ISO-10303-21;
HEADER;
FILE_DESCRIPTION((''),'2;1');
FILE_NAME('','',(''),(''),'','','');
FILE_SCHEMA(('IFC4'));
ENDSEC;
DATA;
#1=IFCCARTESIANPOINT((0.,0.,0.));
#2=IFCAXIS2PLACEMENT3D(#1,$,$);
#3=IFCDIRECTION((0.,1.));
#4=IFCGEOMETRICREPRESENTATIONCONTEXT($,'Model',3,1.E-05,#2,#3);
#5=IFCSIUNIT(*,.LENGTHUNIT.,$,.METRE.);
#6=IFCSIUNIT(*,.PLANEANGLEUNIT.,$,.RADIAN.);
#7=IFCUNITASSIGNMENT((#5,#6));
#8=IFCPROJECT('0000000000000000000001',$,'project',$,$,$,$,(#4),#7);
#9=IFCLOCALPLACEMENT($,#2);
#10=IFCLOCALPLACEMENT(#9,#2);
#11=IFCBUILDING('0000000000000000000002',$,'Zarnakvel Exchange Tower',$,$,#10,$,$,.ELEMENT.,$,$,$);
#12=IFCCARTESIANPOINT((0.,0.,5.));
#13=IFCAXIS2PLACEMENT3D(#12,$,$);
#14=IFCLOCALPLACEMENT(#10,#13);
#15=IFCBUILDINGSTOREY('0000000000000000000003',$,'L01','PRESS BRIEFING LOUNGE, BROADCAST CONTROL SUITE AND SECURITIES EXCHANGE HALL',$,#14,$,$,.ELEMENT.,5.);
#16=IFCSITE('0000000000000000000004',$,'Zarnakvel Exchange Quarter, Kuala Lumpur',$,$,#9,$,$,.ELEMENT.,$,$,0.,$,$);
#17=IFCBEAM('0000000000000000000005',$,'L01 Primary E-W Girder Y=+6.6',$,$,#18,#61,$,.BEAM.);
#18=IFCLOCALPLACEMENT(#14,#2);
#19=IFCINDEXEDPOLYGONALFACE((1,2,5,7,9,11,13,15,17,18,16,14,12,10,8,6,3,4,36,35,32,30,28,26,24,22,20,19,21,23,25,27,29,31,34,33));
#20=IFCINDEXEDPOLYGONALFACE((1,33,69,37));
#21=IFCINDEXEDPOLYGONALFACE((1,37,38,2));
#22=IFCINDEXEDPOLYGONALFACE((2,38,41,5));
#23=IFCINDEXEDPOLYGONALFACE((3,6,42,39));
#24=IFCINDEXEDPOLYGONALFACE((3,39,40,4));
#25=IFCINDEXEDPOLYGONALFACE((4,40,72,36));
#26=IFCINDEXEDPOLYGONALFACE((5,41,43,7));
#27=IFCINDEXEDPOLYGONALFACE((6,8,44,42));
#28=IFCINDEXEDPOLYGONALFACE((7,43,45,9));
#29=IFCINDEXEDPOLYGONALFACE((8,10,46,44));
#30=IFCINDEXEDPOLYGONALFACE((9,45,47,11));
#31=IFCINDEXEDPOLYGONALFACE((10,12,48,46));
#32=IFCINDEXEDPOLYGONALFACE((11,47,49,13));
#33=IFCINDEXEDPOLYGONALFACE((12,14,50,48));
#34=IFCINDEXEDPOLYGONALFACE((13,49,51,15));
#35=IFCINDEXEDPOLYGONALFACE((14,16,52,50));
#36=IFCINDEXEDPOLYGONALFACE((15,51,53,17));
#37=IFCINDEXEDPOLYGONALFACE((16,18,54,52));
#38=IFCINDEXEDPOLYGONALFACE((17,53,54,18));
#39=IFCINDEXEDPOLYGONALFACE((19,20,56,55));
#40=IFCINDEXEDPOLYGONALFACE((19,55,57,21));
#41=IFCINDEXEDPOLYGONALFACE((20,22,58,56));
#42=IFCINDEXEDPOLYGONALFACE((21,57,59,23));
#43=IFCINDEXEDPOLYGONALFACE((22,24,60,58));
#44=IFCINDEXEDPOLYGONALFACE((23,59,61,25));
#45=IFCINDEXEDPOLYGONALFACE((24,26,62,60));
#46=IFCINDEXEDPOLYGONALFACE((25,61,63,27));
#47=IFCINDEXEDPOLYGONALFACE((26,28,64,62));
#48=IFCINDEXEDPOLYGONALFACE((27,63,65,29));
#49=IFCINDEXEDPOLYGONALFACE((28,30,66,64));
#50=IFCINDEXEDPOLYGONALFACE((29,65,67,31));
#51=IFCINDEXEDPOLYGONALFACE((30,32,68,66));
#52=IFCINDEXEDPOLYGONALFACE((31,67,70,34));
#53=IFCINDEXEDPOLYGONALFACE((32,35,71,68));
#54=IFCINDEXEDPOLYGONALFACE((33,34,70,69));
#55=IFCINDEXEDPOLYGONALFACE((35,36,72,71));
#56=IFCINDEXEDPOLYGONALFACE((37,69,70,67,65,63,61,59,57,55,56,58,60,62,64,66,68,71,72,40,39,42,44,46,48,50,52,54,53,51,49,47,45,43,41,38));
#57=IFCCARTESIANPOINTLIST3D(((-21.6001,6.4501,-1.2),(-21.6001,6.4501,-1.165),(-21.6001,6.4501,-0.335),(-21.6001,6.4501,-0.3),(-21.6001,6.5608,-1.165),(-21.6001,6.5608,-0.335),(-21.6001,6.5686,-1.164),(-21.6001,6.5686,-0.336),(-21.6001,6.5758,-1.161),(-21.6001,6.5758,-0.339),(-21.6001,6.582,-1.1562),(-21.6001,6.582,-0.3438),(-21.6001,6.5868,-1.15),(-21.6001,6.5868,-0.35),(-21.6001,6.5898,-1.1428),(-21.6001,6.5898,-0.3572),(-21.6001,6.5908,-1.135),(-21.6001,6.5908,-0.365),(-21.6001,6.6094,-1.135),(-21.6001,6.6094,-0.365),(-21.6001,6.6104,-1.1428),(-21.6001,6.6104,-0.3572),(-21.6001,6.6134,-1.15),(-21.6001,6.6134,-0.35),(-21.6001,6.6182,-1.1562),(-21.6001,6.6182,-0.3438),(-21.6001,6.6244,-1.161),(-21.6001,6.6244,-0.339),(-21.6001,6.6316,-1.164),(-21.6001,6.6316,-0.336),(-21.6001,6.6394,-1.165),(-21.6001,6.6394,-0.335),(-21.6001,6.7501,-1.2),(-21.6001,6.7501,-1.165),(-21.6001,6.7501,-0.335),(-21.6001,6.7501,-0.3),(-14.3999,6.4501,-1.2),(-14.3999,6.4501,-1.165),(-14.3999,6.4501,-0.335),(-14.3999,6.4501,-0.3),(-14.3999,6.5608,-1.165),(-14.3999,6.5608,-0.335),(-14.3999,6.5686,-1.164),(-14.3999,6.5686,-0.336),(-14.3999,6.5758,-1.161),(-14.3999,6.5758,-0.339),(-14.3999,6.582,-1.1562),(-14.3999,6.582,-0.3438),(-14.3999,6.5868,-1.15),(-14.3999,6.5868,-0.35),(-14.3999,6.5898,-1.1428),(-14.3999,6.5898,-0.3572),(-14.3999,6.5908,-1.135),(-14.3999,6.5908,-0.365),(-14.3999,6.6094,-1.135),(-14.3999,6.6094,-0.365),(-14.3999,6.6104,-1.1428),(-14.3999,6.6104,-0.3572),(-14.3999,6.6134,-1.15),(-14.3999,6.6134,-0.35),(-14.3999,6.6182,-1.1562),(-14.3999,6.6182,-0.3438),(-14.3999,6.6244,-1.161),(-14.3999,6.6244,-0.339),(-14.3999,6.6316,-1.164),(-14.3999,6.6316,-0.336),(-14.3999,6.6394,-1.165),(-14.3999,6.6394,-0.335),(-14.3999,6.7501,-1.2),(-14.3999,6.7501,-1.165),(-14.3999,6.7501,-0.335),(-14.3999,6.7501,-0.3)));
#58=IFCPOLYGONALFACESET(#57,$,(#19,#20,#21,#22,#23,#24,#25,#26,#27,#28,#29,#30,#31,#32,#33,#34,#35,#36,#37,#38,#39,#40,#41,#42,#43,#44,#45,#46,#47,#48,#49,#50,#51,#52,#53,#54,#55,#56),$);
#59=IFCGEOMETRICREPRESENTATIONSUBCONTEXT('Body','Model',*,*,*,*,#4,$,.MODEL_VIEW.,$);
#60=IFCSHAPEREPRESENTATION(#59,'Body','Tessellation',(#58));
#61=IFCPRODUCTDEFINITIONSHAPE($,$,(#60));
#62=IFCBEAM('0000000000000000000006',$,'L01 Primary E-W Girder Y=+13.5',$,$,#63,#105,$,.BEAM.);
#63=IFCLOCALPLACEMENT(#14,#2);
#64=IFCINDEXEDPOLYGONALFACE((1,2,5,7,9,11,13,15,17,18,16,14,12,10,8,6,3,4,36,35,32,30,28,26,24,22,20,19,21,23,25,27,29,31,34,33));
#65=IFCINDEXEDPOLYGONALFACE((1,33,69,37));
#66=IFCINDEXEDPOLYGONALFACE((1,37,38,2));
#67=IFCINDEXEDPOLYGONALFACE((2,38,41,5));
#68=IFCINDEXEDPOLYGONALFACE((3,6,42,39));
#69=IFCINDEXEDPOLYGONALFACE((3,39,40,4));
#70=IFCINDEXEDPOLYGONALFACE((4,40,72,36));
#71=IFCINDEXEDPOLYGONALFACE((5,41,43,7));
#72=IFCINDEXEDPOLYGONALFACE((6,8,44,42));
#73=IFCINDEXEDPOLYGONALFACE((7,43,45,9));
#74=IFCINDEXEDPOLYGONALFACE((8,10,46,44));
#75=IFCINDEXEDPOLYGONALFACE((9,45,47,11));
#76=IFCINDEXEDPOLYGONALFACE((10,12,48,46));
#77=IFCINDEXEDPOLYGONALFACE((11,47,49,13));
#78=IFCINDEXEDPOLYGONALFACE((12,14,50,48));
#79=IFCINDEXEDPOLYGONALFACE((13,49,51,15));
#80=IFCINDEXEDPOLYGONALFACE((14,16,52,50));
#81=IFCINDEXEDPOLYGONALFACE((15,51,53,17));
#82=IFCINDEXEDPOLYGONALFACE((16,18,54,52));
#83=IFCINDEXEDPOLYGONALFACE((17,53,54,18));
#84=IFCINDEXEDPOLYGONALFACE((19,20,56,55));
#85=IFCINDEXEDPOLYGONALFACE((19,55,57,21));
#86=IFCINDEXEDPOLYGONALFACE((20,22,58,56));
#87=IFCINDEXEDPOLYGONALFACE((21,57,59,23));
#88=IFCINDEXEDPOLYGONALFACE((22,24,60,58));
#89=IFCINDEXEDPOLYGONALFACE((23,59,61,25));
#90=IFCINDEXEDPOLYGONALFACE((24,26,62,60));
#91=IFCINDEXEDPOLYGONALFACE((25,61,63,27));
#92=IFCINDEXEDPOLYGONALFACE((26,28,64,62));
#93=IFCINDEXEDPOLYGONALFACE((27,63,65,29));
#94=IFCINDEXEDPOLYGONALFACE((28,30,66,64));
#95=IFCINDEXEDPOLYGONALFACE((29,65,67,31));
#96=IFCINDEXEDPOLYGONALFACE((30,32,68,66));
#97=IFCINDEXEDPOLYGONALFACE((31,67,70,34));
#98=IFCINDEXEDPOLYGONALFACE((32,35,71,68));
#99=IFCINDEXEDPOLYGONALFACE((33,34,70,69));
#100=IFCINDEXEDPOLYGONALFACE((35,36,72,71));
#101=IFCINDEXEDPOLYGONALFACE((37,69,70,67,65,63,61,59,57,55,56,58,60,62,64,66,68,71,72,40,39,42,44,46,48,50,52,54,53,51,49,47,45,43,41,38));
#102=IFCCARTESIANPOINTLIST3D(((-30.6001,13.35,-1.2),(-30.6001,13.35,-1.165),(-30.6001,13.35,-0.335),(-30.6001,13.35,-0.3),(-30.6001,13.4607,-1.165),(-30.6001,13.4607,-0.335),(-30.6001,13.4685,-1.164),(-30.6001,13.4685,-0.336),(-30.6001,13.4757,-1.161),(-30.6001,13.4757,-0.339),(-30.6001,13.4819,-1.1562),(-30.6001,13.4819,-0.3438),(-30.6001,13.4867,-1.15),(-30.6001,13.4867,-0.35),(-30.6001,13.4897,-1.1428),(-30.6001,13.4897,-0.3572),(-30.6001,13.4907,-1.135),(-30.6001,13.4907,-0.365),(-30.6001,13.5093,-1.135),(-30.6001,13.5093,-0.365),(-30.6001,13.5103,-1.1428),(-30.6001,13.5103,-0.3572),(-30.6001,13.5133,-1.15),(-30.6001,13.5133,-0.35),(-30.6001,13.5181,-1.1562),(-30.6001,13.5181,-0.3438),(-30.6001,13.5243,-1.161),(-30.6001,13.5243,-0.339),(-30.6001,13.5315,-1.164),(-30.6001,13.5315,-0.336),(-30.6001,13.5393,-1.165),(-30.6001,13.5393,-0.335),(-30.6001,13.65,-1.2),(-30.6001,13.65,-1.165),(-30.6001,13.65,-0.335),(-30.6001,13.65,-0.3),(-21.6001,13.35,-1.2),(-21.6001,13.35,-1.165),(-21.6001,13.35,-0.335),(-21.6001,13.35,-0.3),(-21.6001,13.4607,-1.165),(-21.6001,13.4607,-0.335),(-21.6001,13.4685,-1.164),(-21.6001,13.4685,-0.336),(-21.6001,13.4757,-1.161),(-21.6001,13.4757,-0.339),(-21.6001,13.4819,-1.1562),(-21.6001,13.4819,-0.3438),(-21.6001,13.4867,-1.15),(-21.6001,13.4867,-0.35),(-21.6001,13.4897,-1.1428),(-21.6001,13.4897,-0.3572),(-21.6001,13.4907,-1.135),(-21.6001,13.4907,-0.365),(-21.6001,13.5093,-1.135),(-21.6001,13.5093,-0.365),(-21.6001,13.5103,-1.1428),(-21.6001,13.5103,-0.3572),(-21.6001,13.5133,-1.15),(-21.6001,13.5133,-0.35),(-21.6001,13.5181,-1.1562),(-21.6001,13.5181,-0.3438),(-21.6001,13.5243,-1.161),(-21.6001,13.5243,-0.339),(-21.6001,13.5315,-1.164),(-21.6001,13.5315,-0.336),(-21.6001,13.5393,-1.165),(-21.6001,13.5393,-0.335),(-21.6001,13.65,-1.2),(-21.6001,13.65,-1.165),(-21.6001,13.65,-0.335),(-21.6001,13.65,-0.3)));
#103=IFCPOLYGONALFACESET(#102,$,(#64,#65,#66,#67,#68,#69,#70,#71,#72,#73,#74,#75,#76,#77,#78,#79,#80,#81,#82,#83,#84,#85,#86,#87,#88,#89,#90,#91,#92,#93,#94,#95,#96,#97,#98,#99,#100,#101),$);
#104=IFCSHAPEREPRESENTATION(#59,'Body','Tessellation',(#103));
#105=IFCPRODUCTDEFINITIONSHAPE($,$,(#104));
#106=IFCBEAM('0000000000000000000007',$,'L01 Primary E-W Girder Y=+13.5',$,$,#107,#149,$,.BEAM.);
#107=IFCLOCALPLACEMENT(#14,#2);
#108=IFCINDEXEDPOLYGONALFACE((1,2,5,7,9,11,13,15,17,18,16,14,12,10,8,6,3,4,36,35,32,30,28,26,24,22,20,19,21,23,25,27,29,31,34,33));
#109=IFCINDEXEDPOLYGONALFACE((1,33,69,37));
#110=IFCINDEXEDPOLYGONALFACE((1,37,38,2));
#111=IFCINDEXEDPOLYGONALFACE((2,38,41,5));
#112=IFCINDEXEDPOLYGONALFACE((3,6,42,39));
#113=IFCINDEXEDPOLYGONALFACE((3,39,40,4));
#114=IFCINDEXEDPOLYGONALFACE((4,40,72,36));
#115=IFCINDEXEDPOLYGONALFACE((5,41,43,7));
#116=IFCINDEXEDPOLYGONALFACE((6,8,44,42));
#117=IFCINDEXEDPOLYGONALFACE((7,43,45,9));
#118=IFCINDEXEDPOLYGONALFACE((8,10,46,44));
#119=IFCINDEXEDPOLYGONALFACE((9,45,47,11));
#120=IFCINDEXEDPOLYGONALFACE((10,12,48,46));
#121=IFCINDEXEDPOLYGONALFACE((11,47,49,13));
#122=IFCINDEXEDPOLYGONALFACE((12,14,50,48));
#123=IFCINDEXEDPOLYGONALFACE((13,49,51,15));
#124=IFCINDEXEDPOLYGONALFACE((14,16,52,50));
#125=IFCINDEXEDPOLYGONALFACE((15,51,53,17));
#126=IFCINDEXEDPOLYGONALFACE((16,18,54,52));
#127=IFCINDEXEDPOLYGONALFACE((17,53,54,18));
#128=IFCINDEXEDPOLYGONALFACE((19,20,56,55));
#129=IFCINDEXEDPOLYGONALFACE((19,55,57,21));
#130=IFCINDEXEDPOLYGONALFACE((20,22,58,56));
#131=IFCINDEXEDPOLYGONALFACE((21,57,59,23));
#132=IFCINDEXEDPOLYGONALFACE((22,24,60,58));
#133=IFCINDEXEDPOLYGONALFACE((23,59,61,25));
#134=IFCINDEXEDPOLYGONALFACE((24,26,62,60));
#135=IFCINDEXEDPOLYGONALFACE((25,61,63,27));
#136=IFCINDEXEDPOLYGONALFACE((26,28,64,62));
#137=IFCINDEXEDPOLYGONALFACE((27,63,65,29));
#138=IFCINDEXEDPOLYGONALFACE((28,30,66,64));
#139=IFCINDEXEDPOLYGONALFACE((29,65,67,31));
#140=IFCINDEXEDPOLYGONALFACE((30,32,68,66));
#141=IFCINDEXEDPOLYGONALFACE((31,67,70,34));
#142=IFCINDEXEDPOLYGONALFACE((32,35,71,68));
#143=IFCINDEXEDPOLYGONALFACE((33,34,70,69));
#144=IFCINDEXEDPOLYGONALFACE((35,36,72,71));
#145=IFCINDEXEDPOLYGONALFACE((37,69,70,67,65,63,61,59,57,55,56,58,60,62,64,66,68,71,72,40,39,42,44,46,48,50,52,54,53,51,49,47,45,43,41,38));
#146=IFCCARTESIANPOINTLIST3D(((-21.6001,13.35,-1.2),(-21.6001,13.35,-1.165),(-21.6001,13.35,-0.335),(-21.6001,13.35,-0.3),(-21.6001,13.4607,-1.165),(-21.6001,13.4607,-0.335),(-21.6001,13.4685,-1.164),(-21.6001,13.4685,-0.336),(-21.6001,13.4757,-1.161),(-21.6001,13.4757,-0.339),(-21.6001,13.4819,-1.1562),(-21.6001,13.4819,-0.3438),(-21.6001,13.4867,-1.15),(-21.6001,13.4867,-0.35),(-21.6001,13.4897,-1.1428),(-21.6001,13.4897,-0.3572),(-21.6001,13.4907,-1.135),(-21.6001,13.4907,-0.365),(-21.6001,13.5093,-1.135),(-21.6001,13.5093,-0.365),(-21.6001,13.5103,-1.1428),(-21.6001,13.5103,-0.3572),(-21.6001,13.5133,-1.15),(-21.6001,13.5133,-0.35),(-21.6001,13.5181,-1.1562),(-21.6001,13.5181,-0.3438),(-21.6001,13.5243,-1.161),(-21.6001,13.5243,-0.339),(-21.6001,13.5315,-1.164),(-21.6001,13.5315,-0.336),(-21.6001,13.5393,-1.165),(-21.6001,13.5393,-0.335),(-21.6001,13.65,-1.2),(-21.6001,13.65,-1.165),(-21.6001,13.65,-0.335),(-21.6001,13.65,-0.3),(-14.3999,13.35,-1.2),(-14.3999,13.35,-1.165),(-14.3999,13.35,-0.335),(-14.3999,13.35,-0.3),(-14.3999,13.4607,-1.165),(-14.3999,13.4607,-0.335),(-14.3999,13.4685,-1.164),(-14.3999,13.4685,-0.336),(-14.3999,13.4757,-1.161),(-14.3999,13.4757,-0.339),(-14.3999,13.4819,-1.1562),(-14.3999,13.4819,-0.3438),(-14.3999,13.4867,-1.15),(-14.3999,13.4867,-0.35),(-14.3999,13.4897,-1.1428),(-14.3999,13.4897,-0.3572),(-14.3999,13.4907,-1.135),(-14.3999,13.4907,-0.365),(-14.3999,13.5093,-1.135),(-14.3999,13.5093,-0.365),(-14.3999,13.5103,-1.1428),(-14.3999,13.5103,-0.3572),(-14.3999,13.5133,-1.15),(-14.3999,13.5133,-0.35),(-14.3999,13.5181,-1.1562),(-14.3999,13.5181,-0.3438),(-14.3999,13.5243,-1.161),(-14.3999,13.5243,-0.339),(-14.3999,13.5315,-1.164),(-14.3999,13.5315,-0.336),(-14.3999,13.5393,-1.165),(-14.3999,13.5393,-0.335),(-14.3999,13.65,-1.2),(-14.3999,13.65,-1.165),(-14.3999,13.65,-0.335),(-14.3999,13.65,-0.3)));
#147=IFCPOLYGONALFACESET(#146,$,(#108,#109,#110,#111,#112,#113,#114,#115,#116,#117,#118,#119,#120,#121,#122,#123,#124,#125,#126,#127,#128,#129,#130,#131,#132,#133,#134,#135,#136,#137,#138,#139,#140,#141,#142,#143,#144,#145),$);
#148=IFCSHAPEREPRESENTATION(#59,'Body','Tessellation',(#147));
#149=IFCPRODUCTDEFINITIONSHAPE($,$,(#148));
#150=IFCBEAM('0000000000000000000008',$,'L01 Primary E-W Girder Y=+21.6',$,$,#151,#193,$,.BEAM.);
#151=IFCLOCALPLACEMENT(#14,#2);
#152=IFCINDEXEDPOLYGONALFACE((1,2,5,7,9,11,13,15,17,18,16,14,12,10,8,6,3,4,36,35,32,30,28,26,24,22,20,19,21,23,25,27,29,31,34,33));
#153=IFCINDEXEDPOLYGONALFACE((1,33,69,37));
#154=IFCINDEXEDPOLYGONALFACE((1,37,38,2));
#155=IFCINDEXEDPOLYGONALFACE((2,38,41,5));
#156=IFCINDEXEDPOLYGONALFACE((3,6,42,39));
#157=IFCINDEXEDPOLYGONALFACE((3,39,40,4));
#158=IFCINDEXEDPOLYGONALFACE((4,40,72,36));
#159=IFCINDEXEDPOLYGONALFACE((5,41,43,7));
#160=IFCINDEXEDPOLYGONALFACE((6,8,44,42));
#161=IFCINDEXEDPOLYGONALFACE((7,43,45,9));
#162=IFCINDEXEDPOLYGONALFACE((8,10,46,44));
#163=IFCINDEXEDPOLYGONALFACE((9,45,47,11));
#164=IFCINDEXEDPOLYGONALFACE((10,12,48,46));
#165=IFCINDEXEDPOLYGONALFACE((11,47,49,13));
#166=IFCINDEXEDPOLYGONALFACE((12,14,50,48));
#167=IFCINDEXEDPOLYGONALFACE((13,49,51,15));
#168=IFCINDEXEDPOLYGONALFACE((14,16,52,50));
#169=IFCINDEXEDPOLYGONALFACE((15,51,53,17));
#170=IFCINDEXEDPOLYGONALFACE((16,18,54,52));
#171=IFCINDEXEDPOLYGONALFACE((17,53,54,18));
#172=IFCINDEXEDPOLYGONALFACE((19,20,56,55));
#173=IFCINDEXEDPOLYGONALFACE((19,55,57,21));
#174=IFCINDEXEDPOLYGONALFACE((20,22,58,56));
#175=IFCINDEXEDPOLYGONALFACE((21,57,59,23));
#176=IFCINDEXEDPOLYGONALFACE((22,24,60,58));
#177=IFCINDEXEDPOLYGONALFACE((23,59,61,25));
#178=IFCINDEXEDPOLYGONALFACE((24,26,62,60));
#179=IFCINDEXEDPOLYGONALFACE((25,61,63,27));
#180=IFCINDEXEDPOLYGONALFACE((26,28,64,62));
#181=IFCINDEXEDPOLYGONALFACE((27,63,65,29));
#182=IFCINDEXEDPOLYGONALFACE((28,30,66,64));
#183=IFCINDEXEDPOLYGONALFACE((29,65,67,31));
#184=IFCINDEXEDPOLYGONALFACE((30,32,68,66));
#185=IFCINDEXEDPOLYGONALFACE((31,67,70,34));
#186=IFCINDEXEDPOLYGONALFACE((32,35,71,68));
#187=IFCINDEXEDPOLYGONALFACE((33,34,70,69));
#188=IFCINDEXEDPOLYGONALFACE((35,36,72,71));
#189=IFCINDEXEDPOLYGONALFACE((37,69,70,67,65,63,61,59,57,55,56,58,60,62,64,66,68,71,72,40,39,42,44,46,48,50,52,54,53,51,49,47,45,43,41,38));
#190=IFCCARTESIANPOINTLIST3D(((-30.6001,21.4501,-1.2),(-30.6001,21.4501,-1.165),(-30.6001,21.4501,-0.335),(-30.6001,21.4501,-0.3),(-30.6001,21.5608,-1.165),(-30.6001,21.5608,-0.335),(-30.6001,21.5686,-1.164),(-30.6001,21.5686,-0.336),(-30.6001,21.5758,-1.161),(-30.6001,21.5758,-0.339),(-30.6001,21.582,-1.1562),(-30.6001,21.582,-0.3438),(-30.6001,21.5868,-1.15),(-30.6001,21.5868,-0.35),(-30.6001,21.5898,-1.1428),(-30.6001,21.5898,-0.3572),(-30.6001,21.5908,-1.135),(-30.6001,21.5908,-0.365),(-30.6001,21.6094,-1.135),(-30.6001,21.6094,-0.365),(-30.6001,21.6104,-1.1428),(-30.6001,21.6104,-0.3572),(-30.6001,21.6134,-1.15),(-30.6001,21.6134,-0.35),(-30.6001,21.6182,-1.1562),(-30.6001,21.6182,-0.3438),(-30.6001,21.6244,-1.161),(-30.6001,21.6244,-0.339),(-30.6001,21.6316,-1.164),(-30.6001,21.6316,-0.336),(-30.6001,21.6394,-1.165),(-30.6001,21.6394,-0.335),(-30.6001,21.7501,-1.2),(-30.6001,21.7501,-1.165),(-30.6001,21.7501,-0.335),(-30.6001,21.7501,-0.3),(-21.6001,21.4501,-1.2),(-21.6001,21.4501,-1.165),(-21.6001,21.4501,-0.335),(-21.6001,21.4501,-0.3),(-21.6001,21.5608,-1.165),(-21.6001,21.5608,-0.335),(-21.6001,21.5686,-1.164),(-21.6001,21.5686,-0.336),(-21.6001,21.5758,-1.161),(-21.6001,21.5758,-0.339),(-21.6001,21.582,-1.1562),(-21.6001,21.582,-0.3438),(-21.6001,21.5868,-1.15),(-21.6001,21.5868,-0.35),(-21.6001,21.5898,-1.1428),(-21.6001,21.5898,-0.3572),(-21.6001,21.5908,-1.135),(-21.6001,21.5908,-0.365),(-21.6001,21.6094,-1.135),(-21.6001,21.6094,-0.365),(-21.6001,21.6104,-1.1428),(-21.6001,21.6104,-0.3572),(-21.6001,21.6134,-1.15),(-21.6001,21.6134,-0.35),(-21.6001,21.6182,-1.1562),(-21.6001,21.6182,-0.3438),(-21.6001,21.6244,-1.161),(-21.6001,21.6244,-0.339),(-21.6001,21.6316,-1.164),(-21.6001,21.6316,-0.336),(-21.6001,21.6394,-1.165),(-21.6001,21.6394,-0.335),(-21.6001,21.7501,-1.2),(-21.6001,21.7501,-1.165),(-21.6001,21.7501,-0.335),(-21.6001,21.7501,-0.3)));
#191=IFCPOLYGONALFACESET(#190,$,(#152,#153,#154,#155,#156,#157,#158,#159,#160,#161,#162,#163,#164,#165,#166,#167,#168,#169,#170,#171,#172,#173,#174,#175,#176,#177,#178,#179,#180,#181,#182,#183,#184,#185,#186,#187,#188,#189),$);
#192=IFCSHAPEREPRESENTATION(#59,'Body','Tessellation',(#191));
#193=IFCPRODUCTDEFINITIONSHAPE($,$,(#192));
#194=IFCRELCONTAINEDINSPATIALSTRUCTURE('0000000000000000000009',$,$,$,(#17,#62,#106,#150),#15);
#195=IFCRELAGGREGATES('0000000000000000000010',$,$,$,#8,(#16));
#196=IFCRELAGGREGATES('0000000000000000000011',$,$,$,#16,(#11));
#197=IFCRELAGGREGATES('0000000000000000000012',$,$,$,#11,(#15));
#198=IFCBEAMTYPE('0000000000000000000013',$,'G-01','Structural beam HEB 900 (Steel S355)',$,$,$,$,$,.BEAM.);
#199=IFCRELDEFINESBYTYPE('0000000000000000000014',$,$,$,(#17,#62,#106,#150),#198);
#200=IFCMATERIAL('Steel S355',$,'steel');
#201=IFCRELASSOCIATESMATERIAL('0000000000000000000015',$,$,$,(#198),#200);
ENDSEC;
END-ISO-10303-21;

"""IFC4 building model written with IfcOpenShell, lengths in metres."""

from ifc_helpers import new_model, si_unit, direction, frame, origin, origin_2d, place, context, subcontext, project, spatial, i_section, extrude, material, material_profile, profile_set, type_object, element, save


model = new_model("IFC4")

# Units and contexts
model_context = context("Model", 3, precision=1e-05, world=origin(), true_north=direction((0.0, 1.0)))
body_context = subcontext(model_context, "Body", "Model", "MODEL_VIEW")
ifc_project = project(units=[si_unit("LENGTHUNIT", "METRE"), si_unit("PLANEANGLEUNIT", "RADIAN")], contexts=[model_context])

# Site, building, storey
site_placement = place(None, origin())
site = spatial("IfcSite", under=ifc_project, at=site_placement, Name="Zarnakvel Exchange Quarter, Kuala Lumpur", CompositionType="ELEMENT", RefElevation=0.0)
building_placement = place(site_placement, origin())
building = spatial("IfcBuilding", under=site, at=building_placement, Name="Zarnakvel Exchange Tower", CompositionType="ELEMENT")
storey_placement = place(building_placement, frame((0.0, 0.0, 5.0)))
storey = spatial("IfcBuildingStorey", under=building, at=storey_placement, Name="L01", Description="PRESS BRIEFING LOUNGE, BROADCAST CONTROL SUITE AND SECURITIES EXCHANGE HALL", CompositionType="ELEMENT", Elevation=5.0)

# Beams
ifc_material_1 = material(Name="Steel S355", Category="steel")
ifc_material_profile_1 = material_profile(ifc_material_1, i_section(OverallWidth=0.3, OverallDepth=0.8999, WebThickness=0.0186, FlangeThickness=0.0349, FilletRadius=0.03, at=origin_2d()))
ifc_profile_set_1 = profile_set([ifc_material_profile_1], Name="Steel S355")
beam_type_1 = type_object("IfcBeamType", Name="G-01", Description="Structural beam HEB 900 (Steel S355)", PredefinedType="BEAM", material=ifc_profile_set_1)
beam_1_placement = place(storey_placement, frame((-21.6001, 6.6001, -0.75), z_axis=(1.0, 0.0, 0.0), x_axis=(0.0, 1.0, 0.0)))
element("IfcBeam", 1, at=beam_1_placement, inside=storey, type_object=beam_type_1, Name="L01 Primary E-W Girder Y=+6.6", PredefinedType="BEAM", context=body_context, shape_type="SweptSolid", body=[
    extrude(i_section(OverallWidth=0.3, OverallDepth=0.8999, WebThickness=0.0186, FlangeThickness=0.0349, FilletRadius=0.03, at=origin_2d()), origin(), (0.0, 0.0, 1.0), 7.2002),
])
beam_2_placement = place(storey_placement, frame((-30.6001, 13.5, -0.75), z_axis=(1.0, 0.0, 0.0), x_axis=(0.0, 1.0, 0.0)))
element("IfcBeam", 2, at=beam_2_placement, inside=storey, type_object=beam_type_1, Name="L01 Primary E-W Girder Y=+13.5", PredefinedType="BEAM", context=body_context, shape_type="SweptSolid", body=[
    extrude(i_section(OverallWidth=0.3, OverallDepth=0.8999, WebThickness=0.0186, FlangeThickness=0.0349, FilletRadius=0.03, at=origin_2d()), origin(), (0.0, 0.0, 1.0), 9.0),
])
beam_3_placement = place(storey_placement, frame((-21.6001, 13.5, -0.75), z_axis=(1.0, 0.0, 0.0), x_axis=(0.0, 1.0, 0.0)))
element("IfcBeam", 3, at=beam_3_placement, inside=storey, type_object=beam_type_1, Name="L01 Primary E-W Girder Y=+13.5", PredefinedType="BEAM", context=body_context, shape_type="SweptSolid", body=[
    extrude(i_section(OverallWidth=0.3, OverallDepth=0.8999, WebThickness=0.0186, FlangeThickness=0.0349, FilletRadius=0.03, at=origin_2d()), origin(), (0.0, 0.0, 1.0), 7.2002),
])
beam_4_placement = place(storey_placement, frame((-30.6001, 21.6001, -0.75), z_axis=(1.0, 0.0, 0.0), x_axis=(0.0, 1.0, 0.0)))
element("IfcBeam", 4, at=beam_4_placement, inside=storey, type_object=beam_type_1, Name="L01 Primary E-W Girder Y=+21.6", PredefinedType="BEAM", context=body_context, shape_type="SweptSolid", body=[
    extrude(i_section(OverallWidth=0.3, OverallDepth=0.8999, WebThickness=0.0186, FlangeThickness=0.0349, FilletRadius=0.03, at=origin_2d()), origin(), (0.0, 0.0, 1.0), 9.0),
])

save(model, "model.ifc")
